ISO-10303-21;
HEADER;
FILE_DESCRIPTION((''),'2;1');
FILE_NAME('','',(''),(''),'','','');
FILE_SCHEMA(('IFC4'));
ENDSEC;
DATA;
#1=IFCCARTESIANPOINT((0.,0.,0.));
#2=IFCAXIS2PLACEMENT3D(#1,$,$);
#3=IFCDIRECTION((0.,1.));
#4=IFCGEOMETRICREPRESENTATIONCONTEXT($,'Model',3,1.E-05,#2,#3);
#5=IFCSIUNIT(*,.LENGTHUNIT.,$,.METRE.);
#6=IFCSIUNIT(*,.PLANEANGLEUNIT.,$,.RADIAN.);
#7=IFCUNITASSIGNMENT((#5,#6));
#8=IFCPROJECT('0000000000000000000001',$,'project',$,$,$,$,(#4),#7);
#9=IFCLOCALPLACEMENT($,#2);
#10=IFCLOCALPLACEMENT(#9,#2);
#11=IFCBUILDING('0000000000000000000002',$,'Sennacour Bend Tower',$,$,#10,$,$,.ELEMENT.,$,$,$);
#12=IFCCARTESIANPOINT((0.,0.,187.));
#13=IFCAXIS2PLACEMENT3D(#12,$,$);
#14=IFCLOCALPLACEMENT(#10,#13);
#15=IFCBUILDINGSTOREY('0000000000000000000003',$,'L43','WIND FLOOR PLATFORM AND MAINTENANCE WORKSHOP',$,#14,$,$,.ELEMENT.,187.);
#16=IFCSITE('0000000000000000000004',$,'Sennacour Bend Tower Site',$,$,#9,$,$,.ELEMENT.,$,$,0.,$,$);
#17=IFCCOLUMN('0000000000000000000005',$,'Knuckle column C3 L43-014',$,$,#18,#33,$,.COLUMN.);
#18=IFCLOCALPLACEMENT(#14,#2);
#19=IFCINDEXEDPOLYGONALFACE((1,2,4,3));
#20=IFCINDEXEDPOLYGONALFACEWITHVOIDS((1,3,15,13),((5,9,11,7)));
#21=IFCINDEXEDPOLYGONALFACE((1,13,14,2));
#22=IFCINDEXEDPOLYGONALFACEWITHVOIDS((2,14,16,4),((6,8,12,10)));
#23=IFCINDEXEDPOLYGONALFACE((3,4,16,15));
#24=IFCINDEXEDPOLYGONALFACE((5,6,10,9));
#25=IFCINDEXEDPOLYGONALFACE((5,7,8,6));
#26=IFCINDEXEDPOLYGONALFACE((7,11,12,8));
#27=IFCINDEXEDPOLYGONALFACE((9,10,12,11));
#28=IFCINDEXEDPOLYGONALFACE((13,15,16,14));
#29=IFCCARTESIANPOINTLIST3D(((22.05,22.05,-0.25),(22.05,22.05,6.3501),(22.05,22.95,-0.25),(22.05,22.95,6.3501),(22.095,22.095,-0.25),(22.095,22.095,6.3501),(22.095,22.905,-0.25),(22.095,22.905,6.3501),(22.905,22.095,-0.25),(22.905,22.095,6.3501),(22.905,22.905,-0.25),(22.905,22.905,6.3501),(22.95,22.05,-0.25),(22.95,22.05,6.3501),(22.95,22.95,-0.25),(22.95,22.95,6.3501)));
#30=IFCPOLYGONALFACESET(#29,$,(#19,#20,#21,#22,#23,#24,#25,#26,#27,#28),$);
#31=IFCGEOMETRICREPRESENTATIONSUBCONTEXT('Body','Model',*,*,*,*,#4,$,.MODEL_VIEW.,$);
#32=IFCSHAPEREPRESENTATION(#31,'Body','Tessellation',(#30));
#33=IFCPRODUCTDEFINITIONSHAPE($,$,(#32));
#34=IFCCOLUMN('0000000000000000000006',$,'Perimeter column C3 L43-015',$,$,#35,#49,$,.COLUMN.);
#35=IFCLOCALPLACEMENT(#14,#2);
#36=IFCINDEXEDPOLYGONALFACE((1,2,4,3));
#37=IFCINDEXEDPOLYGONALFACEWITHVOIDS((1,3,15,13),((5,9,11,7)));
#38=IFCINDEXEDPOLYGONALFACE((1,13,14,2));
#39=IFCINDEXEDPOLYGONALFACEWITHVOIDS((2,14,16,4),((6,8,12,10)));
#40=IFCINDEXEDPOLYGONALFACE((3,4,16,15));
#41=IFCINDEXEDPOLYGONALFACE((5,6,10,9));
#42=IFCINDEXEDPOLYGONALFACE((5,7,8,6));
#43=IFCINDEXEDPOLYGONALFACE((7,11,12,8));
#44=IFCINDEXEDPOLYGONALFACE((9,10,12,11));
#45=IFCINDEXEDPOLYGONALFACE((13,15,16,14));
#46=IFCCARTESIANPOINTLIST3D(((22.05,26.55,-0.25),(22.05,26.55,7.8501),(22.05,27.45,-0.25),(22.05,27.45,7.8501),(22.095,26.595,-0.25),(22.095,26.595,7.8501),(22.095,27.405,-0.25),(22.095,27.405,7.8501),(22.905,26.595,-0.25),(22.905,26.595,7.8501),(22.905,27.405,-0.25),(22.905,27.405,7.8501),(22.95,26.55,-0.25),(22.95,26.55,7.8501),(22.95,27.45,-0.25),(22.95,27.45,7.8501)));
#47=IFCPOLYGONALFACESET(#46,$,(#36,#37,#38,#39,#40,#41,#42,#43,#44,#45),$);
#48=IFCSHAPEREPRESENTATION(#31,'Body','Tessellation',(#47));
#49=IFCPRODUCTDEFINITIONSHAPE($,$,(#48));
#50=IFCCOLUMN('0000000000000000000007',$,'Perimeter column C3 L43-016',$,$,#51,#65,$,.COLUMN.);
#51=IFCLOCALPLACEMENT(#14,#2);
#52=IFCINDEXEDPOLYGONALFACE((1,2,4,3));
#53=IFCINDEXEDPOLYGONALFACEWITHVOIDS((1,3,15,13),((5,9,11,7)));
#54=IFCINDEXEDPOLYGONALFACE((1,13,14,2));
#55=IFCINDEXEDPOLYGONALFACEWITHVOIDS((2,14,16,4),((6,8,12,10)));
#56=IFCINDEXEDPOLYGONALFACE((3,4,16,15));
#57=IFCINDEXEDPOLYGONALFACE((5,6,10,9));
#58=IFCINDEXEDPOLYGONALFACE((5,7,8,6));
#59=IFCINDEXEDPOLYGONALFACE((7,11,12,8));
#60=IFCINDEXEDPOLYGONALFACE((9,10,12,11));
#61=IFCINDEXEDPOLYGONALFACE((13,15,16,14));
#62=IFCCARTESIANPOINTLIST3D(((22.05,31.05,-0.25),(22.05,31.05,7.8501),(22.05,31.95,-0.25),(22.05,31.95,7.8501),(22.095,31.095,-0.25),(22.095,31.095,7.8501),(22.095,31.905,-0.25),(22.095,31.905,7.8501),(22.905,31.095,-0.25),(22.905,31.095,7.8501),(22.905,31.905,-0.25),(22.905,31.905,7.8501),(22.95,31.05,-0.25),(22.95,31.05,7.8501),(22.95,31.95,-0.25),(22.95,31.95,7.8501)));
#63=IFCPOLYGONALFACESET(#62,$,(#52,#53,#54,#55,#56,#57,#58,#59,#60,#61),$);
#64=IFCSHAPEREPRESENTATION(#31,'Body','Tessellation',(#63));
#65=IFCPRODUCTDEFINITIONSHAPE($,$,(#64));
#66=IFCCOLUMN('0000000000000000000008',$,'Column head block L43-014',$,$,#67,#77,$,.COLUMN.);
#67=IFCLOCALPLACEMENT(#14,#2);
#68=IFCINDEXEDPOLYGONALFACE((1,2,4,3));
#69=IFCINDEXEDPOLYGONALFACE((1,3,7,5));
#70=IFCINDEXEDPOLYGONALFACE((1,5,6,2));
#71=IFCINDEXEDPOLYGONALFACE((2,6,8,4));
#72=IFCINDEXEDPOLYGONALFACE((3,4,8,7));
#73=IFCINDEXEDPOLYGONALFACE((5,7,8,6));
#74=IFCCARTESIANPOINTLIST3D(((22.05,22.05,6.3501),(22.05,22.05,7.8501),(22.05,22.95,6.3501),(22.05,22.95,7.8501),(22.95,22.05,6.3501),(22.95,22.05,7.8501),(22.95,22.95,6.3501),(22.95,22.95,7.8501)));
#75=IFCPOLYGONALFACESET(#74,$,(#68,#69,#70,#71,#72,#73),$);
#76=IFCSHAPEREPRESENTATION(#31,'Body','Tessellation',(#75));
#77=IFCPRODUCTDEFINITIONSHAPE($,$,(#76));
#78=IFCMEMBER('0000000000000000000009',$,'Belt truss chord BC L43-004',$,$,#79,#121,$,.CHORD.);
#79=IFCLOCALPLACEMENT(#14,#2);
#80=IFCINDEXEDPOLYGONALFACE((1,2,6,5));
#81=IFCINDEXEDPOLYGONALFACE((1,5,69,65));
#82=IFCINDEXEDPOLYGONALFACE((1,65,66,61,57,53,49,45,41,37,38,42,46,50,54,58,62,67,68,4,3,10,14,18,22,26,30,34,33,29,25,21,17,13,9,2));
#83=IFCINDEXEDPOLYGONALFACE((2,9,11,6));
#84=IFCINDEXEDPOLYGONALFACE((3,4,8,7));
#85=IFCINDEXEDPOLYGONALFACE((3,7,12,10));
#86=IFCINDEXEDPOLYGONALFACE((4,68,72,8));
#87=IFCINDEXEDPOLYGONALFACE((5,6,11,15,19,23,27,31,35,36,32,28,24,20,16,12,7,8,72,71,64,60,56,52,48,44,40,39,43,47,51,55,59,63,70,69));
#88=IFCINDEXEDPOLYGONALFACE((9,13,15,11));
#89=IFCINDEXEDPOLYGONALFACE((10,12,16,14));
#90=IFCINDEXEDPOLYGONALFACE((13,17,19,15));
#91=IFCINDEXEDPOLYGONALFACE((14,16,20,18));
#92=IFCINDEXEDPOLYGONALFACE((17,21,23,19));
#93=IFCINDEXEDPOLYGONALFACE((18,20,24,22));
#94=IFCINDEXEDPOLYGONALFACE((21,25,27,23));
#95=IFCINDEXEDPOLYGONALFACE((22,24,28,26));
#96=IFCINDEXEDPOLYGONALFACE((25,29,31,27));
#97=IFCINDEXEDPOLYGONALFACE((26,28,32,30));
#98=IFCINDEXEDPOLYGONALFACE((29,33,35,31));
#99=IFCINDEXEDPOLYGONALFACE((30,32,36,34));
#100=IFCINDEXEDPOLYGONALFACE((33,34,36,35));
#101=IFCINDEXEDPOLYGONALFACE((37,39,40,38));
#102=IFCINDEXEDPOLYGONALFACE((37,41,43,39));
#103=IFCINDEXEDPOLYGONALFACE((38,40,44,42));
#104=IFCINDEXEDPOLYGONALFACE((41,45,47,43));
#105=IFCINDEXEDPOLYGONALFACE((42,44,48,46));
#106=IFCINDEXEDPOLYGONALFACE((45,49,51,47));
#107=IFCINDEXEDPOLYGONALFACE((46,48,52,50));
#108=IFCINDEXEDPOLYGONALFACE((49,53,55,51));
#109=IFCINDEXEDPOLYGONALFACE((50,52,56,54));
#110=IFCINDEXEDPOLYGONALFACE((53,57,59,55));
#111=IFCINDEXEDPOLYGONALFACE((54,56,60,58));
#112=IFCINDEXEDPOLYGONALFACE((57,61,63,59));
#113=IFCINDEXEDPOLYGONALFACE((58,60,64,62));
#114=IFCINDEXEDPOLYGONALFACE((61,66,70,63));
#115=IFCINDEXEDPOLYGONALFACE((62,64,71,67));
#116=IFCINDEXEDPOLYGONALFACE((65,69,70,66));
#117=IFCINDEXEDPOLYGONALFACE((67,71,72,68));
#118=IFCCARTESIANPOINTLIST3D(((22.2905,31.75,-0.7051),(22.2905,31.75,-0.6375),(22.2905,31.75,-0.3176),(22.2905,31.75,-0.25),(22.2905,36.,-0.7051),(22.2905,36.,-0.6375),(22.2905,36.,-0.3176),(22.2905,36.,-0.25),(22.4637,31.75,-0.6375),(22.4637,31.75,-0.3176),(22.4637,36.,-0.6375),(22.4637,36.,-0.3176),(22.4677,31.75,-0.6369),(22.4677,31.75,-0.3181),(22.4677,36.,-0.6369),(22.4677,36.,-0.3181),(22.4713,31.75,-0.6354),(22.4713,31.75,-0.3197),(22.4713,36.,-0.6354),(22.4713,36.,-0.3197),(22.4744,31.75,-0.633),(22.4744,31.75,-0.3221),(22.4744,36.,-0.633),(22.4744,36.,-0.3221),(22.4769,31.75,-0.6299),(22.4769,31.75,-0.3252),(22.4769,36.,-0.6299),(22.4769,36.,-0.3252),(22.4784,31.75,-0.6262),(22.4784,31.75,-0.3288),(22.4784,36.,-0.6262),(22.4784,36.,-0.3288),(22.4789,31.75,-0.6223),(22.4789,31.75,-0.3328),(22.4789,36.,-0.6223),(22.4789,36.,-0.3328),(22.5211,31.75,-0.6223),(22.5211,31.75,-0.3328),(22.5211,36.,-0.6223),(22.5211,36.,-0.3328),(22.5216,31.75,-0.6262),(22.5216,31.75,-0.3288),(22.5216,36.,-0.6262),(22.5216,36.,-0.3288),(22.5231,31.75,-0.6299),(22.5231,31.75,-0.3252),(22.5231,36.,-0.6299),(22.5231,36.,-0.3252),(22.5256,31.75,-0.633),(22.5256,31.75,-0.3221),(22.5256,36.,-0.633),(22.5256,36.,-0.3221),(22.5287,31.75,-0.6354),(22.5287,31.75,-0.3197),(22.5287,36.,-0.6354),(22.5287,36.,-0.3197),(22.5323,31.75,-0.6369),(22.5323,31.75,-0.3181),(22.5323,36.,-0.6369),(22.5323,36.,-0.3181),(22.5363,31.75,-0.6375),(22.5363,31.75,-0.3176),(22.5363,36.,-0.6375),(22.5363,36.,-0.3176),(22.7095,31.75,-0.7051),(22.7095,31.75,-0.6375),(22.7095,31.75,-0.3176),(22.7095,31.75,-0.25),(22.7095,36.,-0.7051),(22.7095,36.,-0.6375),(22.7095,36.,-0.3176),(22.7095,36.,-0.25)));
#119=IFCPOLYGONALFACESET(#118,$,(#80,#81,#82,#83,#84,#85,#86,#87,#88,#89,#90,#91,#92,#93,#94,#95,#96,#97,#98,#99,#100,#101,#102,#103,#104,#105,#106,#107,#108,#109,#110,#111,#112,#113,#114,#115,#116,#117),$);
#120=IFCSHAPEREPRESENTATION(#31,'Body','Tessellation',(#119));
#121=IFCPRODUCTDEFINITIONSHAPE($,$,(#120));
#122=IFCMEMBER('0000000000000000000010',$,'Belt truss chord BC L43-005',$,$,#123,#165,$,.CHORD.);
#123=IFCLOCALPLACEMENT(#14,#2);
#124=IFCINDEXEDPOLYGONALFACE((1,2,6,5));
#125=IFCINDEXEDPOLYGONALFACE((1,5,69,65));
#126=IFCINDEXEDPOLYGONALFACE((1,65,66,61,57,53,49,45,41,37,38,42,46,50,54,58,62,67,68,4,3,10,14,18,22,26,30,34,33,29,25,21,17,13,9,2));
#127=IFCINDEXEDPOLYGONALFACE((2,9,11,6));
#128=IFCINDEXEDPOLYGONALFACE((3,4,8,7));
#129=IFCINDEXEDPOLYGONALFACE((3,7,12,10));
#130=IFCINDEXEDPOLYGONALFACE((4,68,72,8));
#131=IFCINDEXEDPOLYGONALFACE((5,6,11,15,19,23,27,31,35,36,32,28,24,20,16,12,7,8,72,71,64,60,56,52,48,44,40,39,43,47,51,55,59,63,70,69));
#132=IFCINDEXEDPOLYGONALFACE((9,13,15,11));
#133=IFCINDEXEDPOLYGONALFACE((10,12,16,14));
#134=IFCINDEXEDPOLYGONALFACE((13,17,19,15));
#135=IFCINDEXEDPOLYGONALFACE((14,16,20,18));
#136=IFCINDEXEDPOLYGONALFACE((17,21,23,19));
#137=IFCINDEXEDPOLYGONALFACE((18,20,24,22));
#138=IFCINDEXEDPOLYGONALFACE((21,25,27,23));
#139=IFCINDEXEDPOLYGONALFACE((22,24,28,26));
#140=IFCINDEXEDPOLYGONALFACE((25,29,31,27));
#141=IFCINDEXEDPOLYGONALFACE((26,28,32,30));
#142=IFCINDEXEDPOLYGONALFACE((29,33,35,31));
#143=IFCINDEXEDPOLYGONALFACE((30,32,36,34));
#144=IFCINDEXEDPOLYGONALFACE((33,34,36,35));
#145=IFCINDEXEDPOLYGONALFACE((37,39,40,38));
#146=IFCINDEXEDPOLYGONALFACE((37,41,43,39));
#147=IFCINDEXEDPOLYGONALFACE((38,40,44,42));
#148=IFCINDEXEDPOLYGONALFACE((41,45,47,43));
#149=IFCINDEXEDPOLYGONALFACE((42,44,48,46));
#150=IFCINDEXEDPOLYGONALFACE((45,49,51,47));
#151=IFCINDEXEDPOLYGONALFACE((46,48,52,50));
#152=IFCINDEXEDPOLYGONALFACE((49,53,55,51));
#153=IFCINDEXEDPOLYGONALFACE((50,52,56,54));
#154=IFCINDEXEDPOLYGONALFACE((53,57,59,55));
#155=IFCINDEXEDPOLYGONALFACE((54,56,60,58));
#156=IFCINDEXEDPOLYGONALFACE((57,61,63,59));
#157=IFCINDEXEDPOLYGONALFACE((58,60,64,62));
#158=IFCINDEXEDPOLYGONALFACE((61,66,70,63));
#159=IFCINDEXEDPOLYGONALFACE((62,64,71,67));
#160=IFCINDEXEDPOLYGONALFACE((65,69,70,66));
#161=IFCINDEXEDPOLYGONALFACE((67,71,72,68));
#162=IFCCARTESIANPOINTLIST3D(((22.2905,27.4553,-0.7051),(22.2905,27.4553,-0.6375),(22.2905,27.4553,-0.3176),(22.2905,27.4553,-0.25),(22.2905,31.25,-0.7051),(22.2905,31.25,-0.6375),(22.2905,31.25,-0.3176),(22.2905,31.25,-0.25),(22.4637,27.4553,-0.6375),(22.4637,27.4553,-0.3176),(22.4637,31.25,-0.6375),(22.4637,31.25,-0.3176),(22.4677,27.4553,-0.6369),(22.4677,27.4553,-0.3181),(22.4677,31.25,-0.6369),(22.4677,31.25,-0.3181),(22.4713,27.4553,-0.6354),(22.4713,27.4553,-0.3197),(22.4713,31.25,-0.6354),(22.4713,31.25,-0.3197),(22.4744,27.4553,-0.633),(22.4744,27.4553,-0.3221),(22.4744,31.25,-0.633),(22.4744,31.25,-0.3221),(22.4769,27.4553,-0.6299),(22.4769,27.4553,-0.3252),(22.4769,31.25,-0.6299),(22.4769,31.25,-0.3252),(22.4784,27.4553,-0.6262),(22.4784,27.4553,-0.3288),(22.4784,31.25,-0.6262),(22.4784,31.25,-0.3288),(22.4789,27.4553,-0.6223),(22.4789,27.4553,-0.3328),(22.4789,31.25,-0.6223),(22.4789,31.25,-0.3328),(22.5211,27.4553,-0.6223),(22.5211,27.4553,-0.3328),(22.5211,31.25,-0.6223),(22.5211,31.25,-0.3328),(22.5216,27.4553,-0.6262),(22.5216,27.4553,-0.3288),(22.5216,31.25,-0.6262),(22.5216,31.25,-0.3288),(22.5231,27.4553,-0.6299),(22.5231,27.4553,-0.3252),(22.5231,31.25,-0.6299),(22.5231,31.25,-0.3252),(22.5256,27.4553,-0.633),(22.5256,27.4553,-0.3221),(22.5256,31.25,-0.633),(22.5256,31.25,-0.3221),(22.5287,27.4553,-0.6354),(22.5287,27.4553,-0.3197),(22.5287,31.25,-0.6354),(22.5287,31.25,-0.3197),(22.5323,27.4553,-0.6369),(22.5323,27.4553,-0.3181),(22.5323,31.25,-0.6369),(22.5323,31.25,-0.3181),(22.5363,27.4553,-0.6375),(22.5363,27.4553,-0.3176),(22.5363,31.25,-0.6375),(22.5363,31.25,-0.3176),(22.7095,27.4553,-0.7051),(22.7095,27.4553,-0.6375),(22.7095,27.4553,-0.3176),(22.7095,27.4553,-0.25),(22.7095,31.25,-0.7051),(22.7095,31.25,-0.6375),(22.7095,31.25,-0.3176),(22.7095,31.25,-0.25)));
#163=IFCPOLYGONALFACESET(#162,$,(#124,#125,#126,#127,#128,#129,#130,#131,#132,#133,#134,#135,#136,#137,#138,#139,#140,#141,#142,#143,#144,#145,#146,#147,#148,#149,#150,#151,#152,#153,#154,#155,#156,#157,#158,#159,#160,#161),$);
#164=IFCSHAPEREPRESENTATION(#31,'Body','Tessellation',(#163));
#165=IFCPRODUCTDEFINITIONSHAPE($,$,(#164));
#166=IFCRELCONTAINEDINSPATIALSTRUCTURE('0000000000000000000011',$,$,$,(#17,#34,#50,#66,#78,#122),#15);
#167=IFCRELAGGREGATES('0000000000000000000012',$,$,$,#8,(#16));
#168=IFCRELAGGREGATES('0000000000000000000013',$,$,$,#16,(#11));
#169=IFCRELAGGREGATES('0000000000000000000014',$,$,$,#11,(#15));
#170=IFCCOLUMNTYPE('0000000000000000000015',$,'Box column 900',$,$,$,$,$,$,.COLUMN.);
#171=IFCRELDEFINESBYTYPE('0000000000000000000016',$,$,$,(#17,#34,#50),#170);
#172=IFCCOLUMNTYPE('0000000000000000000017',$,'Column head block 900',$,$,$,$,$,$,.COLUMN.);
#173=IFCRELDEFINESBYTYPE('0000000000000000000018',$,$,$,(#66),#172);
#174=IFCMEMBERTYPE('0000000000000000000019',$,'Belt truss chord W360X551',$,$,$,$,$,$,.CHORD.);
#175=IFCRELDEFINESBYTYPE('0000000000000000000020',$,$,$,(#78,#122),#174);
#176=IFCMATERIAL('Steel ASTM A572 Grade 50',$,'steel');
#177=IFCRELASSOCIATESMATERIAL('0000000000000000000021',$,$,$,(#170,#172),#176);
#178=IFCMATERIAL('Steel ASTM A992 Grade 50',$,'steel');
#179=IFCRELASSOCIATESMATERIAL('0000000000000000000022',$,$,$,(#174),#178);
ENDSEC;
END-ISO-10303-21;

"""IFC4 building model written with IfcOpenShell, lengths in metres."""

from ifc_helpers import new_model, si_unit, direction, frame, origin, origin_2d, place, context, subcontext, project, spatial, rectangle, hollow_rectangle, i_section, extrude, material, material_profile, profile_set, type_object, element, save


model = new_model("IFC4")

# Units and contexts
model_context = context("Model", 3, precision=1e-05, world=origin(), true_north=direction((0.0, 1.0)))
body_context = subcontext(model_context, "Body", "Model", "MODEL_VIEW")
ifc_project = project(units=[si_unit("LENGTHUNIT", "METRE"), si_unit("PLANEANGLEUNIT", "RADIAN")], contexts=[model_context])

# Site, building, storey
site_placement = place(None, origin())
site = spatial("IfcSite", under=ifc_project, at=site_placement, Name="Sennacour Bend Tower Site", CompositionType="ELEMENT", RefElevation=0.0)
building_placement = place(site_placement, origin())
building = spatial("IfcBuilding", under=site, at=building_placement, Name="Sennacour Bend Tower", CompositionType="ELEMENT")
storey_placement = place(building_placement, frame((0.0, 0.0, 187.0)))
storey = spatial("IfcBuildingStorey", under=building, at=storey_placement, Name="L43", Description="WIND FLOOR PLATFORM AND MAINTENANCE WORKSHOP", CompositionType="ELEMENT", Elevation=187.0)

# Columns
ifc_material_1 = material(Name="Steel ASTM A572 Grade 50", Category="steel")
ifc_material_profile_1 = material_profile(ifc_material_1, hollow_rectangle(XDim=0.8999, YDim=0.8999, WallThickness=0.0449, at=origin_2d()), Name="Steel ASTM A572 Grade 50", Category="steel")
ifc_profile_set_1 = profile_set([ifc_material_profile_1], Name="Steel ASTM A572 Grade 50")
column_type_1 = type_object("IfcColumnType", Name="Box column 900", PredefinedType="COLUMN", material=ifc_profile_set_1)
column_1_placement = place(storey_placement, frame((22.5, 22.5, -0.25), z_axis=(0.0, 0.0, 1.0), x_axis=(1.0, 0.0, 0.0)))
element("IfcColumn", 1, at=column_1_placement, inside=storey, type_object=column_type_1, Name="Knuckle column C3 L43-014", PredefinedType="COLUMN", context=body_context, shape_type="SweptSolid", body=[
    extrude(hollow_rectangle(XDim=0.8999, YDim=0.8999, WallThickness=0.0449, at=origin_2d()), origin(), (0.0, 0.0, 1.0), 6.6001),
])
for number, where, z_axis, x_axis, name in (
    (2, (22.5, 27.0, -0.25), (0.0, 0.0, 1.0), (1.0, 0.0, 0.0), "Perimeter column C3 L43-015"),
    (3, (22.5, 31.5, -0.25), (0.0, 0.0, 1.0), (1.0, 0.0, 0.0), "Perimeter column C3 L43-016"),
):
    element("IfcColumn", number, at=place(storey_placement, frame(where, z_axis=z_axis, x_axis=x_axis)), inside=storey, type_object=column_type_1, Name=name, PredefinedType="COLUMN", context=body_context, shape_type="SweptSolid", body=[
        extrude(hollow_rectangle(XDim=0.8999, YDim=0.8999, WallThickness=0.0449, at=origin_2d()), origin(), (0.0, 0.0, 1.0), 8.1001),
    ])
ifc_material_profile_2 = material_profile(ifc_material_1, rectangle(XDim=0.8999, YDim=0.8999, at=origin_2d()), Name="Steel ASTM A572 Grade 50", Category="steel")
ifc_profile_set_2 = profile_set([ifc_material_profile_2], Name="Steel ASTM A572 Grade 50")
column_type_2 = type_object("IfcColumnType", Name="Column head block 900", PredefinedType="COLUMN", material=ifc_profile_set_2)
column_2_placement = place(storey_placement, frame((22.5, 22.5, 6.3501), z_axis=(0.0, 0.0, 1.0), x_axis=(1.0, 0.0, 0.0)))
element("IfcColumn", 4, at=column_2_placement, inside=storey, type_object=column_type_2, Name="Column head block L43-014", PredefinedType="COLUMN", context=body_context, shape_type="SweptSolid", body=[
    extrude(rectangle(XDim=0.8999, YDim=0.8999, at=origin_2d()), origin(), (0.0, 0.0, 1.0), 1.5),
])

# Members
ifc_material_2 = material(Name="Steel ASTM A992 Grade 50", Category="steel")
ifc_material_profile_3 = material_profile(ifc_material_2, i_section(OverallWidth=0.4189, OverallDepth=0.4551, WebThickness=0.0422, FlangeThickness=0.0676, FilletRadius=0.0151, at=origin_2d()), Name="Steel ASTM A992 Grade 50", Category="steel")
ifc_profile_set_3 = profile_set([ifc_material_profile_3], Name="Steel ASTM A992 Grade 50")
member_type = type_object("IfcMemberType", Name="Belt truss chord W360X551", PredefinedType="CHORD", material=ifc_profile_set_3)
member_1_placement = place(storey_placement, frame((22.5, 36.0, -0.4775), z_axis=(0.0, -1.0, 0.0), x_axis=(1.0, 0.0, 0.0)))
element("IfcMember", 5, at=member_1_placement, inside=storey, type_object=member_type, Name="Belt truss chord BC L43-004", PredefinedType="CHORD", context=body_context, shape_type="SweptSolid", body=[
    extrude(i_section(OverallWidth=0.4189, OverallDepth=0.4551, WebThickness=0.0422, FlangeThickness=0.0676, FilletRadius=0.0151, at=origin_2d()), origin(), (0.0, 0.0, 1.0), 4.25),
])
member_2_placement = place(storey_placement, frame((22.5, 31.25, -0.4775), z_axis=(0.0, -1.0, 0.0), x_axis=(1.0, 0.0, 0.0)))
element("IfcMember", 6, at=member_2_placement, inside=storey, type_object=member_type, Name="Belt truss chord BC L43-005", PredefinedType="CHORD", context=body_context, shape_type="SweptSolid", body=[
    extrude(i_section(OverallWidth=0.4189, OverallDepth=0.4551, WebThickness=0.0422, FlangeThickness=0.0676, FilletRadius=0.0151, at=origin_2d()), origin(), (0.0, 0.0, 1.0), 3.7947),
])

save(model, "model.ifc")
